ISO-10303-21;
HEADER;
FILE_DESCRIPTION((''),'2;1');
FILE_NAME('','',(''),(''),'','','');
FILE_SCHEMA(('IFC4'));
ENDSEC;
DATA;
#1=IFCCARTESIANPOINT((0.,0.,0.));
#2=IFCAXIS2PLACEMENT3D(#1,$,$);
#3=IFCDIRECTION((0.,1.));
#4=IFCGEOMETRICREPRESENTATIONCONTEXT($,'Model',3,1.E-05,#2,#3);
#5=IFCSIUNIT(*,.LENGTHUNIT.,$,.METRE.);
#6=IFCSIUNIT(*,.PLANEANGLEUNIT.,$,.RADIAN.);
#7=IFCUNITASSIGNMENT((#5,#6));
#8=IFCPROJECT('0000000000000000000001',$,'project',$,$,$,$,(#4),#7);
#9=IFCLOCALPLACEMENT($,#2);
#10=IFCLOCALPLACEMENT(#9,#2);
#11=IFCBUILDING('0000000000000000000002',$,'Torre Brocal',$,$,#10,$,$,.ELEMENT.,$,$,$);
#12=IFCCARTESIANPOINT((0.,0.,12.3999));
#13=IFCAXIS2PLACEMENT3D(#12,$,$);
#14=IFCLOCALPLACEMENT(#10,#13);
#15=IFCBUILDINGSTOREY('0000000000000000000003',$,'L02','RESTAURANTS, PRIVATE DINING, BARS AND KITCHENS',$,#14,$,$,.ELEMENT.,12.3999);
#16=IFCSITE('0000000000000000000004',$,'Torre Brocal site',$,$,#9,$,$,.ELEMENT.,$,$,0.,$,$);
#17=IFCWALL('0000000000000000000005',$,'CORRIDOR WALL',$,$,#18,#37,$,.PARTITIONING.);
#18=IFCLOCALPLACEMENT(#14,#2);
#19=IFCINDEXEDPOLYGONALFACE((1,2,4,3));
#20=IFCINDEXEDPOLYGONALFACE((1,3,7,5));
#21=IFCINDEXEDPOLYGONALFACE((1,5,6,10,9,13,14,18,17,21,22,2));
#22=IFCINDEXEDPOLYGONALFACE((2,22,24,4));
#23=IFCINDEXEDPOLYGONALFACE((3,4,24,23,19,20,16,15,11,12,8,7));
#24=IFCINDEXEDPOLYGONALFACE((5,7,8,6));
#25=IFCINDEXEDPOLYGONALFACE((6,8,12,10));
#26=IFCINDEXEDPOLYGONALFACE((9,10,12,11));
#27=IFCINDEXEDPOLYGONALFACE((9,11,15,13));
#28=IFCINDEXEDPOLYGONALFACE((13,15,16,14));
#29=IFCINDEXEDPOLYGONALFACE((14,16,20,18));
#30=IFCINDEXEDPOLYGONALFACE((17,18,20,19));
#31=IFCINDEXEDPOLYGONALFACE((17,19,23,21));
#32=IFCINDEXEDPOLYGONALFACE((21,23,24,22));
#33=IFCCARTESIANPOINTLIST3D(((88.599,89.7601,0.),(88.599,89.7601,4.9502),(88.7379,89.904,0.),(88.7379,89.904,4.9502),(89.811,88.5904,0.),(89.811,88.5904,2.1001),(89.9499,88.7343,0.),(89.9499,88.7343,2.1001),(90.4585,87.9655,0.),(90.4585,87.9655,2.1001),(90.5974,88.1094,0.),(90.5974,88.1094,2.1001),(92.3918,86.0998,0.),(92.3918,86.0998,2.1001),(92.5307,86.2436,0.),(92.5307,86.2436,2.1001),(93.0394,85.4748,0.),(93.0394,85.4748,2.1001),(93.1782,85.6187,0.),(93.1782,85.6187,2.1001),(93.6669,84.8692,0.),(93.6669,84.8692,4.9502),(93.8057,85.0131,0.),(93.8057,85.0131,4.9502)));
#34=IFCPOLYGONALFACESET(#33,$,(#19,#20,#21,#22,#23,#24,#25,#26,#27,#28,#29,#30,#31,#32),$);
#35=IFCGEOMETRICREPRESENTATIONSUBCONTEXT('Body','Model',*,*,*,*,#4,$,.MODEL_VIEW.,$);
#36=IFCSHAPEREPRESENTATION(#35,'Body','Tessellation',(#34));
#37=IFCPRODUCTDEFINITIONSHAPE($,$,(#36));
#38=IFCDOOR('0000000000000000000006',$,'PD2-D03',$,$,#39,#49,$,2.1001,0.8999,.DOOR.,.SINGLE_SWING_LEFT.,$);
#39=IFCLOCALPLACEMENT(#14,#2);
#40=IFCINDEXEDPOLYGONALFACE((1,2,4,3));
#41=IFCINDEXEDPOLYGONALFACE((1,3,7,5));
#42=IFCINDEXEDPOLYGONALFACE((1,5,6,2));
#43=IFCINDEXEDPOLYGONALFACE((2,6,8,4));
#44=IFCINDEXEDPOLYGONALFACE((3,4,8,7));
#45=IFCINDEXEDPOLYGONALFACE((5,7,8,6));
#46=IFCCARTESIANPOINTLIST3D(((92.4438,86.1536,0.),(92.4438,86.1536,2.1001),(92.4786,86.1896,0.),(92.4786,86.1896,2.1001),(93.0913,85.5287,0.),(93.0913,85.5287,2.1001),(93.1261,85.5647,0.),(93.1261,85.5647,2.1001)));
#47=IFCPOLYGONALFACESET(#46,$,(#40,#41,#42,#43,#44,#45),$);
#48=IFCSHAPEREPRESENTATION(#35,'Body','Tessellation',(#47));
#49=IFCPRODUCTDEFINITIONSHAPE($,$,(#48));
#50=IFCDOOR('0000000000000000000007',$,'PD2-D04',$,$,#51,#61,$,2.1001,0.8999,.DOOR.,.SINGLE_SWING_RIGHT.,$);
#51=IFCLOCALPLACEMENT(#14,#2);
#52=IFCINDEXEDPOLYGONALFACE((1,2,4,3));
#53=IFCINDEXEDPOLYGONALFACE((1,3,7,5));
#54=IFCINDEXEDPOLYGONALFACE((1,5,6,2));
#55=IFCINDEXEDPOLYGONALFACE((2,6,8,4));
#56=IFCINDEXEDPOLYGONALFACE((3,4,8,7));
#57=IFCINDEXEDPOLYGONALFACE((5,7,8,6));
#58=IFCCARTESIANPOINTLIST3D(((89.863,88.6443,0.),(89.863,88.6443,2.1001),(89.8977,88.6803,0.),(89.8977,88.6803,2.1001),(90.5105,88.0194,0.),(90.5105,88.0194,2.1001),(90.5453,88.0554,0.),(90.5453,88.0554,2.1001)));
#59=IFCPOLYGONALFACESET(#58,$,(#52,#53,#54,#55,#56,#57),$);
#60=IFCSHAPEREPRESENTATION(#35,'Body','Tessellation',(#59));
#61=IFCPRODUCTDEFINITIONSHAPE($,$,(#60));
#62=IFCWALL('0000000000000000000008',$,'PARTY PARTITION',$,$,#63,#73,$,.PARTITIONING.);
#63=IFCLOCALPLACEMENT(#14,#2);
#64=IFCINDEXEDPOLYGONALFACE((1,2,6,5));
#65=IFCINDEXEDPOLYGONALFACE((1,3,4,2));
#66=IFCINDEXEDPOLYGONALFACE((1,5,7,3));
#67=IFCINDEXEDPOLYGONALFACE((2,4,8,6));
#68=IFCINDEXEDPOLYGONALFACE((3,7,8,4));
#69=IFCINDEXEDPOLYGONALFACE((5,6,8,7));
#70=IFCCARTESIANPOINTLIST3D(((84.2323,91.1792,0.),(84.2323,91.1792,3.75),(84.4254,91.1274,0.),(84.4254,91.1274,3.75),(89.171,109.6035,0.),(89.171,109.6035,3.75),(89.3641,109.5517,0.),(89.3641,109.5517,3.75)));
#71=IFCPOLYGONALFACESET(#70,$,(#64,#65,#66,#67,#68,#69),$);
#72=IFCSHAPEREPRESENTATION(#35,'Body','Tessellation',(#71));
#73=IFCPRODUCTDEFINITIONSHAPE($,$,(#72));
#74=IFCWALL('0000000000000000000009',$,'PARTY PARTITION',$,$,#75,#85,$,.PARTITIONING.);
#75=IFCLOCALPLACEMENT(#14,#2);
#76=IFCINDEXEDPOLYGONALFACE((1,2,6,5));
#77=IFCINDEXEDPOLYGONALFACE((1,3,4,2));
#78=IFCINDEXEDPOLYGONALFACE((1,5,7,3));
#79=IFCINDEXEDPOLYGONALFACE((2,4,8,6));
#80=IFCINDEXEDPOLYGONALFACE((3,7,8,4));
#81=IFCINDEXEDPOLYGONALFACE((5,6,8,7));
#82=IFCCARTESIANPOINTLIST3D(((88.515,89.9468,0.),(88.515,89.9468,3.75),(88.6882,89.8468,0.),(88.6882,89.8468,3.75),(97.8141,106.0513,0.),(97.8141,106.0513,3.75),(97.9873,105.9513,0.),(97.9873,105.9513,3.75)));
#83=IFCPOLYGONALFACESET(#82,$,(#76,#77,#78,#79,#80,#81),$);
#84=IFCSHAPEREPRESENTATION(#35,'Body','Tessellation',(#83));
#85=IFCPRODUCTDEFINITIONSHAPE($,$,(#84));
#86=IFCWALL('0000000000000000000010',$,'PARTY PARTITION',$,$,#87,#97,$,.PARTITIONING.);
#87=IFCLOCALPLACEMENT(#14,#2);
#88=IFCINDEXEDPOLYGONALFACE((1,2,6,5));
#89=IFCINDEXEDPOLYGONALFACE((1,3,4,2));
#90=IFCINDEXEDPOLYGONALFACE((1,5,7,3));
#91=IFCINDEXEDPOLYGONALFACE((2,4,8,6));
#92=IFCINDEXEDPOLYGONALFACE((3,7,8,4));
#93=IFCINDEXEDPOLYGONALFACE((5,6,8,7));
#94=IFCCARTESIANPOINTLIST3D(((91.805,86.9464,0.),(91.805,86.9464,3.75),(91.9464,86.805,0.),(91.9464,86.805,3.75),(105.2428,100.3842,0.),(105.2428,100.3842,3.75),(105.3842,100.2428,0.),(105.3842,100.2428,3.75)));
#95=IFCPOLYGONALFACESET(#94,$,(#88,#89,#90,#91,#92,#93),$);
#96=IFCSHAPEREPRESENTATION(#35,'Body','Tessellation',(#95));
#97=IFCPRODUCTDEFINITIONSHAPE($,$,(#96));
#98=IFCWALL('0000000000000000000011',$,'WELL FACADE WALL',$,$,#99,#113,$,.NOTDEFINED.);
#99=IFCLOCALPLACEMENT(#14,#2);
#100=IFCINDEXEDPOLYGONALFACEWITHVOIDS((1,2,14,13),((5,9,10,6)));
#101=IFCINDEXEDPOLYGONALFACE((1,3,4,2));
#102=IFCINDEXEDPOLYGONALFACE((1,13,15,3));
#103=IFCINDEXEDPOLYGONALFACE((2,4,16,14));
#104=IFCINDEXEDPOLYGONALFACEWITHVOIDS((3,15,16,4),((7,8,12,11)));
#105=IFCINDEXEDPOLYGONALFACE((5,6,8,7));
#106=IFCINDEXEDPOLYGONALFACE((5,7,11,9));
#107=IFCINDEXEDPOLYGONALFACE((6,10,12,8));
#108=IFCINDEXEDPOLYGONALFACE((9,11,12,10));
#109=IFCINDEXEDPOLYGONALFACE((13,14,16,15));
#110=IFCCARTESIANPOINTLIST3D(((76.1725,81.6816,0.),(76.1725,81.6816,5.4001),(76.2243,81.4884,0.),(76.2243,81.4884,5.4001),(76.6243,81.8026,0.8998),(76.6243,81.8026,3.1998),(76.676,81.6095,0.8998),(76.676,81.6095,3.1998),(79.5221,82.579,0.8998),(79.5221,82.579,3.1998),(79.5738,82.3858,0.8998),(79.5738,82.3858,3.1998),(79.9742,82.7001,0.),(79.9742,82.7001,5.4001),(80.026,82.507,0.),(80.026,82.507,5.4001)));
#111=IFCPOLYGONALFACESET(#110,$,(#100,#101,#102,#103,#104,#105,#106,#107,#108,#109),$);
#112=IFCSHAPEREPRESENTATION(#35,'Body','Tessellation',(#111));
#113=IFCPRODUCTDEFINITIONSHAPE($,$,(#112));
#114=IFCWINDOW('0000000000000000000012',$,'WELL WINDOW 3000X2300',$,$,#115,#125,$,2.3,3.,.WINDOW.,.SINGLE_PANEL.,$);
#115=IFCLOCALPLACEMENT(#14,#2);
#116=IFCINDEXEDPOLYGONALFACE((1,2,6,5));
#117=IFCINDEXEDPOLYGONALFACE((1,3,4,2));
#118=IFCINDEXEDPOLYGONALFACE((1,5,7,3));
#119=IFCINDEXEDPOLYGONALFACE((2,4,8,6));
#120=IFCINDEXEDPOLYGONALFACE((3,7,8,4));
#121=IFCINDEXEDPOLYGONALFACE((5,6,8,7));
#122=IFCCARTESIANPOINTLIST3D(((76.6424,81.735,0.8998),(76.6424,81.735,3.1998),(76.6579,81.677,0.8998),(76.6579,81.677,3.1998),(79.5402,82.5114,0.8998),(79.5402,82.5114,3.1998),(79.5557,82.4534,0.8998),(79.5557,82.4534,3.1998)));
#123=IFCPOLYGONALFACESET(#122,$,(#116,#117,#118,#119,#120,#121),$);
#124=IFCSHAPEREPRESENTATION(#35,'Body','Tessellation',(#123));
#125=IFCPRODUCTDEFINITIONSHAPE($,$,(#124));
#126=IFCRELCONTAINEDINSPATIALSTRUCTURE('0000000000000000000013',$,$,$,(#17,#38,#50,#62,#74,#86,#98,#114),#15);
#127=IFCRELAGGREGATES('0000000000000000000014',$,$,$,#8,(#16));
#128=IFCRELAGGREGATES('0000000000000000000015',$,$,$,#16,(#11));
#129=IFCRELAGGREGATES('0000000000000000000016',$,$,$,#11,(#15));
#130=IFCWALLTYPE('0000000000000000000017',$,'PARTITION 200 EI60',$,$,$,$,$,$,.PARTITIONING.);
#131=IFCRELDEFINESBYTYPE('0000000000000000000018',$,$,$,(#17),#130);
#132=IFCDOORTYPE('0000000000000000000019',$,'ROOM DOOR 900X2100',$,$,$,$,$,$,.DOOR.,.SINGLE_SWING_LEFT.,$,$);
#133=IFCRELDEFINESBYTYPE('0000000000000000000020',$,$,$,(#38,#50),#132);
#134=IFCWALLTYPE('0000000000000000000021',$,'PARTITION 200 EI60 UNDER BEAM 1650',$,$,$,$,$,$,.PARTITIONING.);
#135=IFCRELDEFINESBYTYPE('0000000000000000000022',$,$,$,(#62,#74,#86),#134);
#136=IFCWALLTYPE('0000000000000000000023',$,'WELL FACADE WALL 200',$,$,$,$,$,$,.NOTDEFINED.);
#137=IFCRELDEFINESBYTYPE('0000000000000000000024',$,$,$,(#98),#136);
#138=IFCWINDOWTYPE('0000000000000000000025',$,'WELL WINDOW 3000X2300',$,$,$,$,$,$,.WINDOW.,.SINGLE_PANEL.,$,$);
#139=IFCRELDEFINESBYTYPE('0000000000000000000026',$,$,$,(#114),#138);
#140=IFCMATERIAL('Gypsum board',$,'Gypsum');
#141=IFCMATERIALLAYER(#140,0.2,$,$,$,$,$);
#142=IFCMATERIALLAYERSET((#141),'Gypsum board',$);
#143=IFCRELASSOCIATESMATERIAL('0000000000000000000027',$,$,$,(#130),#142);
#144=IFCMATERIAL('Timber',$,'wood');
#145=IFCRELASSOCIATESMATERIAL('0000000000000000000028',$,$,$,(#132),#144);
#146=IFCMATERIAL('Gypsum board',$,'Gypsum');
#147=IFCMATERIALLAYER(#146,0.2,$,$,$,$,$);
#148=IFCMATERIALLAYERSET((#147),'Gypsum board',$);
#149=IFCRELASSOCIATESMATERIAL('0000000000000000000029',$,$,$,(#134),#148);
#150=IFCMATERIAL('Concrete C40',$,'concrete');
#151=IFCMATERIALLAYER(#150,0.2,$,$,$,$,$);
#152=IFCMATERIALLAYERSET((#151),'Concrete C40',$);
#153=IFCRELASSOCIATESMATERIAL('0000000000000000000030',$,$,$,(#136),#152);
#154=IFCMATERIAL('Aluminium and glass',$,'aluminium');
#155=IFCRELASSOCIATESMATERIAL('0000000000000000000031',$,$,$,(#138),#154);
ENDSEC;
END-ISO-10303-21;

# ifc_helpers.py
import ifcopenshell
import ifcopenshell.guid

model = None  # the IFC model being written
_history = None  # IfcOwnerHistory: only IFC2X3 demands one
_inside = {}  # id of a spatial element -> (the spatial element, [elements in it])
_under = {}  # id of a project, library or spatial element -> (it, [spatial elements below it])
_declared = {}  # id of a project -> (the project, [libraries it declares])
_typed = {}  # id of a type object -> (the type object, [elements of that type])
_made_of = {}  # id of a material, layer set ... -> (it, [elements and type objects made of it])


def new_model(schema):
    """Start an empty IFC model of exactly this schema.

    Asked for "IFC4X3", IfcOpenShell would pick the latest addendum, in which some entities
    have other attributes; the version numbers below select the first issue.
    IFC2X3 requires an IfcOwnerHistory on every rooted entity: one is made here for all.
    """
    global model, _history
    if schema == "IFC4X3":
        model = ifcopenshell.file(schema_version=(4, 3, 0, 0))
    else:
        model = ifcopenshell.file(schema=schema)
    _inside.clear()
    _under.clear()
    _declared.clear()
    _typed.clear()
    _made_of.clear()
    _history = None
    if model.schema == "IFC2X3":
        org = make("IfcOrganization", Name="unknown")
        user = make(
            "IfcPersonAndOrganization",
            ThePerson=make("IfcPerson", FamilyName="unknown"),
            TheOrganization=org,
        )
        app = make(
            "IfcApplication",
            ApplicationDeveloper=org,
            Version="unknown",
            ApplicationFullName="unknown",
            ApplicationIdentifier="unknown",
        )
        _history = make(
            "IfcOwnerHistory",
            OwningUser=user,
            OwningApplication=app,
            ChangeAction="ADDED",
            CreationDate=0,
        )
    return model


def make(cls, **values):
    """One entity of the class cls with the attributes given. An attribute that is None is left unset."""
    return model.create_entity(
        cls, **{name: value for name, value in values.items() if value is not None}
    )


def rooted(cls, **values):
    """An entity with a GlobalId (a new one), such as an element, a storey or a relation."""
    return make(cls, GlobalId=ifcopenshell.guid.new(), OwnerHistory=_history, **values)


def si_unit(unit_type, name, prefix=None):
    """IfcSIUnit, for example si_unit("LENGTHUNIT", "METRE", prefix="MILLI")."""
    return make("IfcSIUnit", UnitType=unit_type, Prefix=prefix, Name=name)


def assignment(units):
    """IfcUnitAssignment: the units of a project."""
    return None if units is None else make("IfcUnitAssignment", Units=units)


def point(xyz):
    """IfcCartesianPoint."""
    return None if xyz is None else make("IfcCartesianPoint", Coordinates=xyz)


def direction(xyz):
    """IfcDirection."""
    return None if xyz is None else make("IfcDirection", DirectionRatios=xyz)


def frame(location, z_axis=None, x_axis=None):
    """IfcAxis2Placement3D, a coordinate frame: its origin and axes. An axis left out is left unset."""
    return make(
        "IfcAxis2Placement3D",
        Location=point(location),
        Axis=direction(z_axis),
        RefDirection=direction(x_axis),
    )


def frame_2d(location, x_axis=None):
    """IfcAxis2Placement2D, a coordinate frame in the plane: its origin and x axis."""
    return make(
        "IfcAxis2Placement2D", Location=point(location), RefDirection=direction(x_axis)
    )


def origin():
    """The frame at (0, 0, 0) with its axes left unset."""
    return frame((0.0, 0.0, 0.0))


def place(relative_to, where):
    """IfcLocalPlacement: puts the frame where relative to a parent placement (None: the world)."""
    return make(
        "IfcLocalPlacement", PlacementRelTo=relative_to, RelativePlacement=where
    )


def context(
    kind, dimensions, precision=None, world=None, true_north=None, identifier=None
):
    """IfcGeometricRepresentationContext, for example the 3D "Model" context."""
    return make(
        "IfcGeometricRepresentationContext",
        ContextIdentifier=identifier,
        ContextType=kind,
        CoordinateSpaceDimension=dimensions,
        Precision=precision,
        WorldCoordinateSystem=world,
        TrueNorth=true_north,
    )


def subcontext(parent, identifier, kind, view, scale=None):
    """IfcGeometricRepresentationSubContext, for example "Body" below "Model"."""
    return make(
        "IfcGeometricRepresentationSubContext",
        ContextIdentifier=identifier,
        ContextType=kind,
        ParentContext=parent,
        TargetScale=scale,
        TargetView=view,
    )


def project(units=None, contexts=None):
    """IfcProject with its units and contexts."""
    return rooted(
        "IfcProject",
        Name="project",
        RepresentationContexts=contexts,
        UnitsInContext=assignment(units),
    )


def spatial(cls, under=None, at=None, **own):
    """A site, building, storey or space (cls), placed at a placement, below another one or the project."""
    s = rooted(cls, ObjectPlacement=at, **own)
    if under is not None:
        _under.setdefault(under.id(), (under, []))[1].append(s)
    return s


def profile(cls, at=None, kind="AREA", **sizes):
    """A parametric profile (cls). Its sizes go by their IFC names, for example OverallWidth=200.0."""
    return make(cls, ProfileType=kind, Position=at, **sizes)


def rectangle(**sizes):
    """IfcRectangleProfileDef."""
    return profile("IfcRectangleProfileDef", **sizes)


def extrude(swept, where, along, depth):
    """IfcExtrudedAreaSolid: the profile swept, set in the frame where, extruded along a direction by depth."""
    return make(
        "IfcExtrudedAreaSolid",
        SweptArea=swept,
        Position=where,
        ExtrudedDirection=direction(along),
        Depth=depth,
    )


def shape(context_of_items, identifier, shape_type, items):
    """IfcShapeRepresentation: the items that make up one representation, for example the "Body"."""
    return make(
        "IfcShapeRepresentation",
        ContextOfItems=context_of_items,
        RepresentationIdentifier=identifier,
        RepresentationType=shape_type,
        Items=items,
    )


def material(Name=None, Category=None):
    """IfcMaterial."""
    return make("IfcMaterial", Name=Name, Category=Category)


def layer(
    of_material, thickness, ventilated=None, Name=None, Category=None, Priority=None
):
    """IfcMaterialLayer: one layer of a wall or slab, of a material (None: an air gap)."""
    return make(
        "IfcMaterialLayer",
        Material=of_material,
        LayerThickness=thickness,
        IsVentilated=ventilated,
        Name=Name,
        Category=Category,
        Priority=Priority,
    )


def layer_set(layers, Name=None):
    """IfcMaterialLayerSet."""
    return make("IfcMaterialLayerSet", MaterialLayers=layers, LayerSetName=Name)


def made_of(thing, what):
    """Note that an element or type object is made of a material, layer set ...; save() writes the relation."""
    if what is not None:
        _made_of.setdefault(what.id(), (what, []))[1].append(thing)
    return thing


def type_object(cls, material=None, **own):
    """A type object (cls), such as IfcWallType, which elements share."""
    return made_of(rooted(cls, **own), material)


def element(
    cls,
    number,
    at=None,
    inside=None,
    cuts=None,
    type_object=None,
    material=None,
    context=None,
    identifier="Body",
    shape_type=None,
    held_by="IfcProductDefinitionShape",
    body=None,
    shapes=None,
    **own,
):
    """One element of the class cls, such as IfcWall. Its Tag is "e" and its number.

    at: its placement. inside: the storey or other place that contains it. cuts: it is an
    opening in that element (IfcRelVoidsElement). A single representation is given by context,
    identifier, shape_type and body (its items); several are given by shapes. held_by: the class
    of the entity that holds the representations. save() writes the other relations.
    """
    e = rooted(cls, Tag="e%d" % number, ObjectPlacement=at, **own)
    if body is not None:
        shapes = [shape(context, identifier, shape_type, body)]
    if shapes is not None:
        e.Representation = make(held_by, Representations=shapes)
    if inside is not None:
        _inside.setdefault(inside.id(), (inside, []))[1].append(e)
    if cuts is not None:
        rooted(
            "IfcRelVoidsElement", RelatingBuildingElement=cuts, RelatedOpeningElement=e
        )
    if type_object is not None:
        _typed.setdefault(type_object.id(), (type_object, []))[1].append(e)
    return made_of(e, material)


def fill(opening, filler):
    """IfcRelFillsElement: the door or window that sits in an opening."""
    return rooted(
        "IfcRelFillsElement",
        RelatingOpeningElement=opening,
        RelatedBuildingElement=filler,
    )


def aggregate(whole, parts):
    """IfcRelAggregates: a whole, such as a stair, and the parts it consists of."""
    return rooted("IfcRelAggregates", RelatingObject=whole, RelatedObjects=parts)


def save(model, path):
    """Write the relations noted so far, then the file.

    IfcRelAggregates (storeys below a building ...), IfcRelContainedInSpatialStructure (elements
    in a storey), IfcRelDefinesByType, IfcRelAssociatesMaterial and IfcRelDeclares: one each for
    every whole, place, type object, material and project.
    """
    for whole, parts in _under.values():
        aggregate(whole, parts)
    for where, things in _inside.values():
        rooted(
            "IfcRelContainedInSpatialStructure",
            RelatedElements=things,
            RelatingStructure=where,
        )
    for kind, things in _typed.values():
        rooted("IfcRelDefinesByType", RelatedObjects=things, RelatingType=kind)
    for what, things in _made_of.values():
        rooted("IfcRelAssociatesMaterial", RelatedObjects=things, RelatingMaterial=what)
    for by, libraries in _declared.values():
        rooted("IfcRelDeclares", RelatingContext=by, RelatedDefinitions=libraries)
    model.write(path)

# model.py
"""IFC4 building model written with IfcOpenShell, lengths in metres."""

from ifc_helpers import new_model, si_unit, direction, frame, frame_2d, origin, place, context, subcontext, project, spatial, rectangle, extrude, material, layer, layer_set, type_object, element, fill, save


model = new_model("IFC4")

# Units and contexts
model_context = context("Model", 3, precision=1e-05, world=origin(), true_north=direction((0.0, 1.0)))
body_context = subcontext(model_context, "Body", "Model", "MODEL_VIEW")
ifc_project = project(units=[si_unit("LENGTHUNIT", "METRE"), si_unit("PLANEANGLEUNIT", "RADIAN")], contexts=[model_context])

# Site, building, storey
site_placement = place(None, origin())
site = spatial("IfcSite", under=ifc_project, at=site_placement, Name="Torre Brocal site", CompositionType="ELEMENT", RefElevation=0.0)
building_placement = place(site_placement, origin())
building = spatial("IfcBuilding", under=site, at=building_placement, Name="Torre Brocal", CompositionType="ELEMENT")
storey_placement = place(building_placement, frame((0.0, 0.0, 12.3999)))
storey = spatial("IfcBuildingStorey", under=building, at=storey_placement, Name="L02", Description="RESTAURANTS, PRIVATE DINING, BARS AND KITCHENS", CompositionType="ELEMENT", Elevation=12.3999)

# Shared definitions
ifc_material_1 = material(Name="Gypsum board", Category="Gypsum")
ifc_layer_1 = layer(ifc_material_1, 0.2)
ifc_layer_set_1 = layer_set([ifc_layer_1], Name="Gypsum board")
wall_type_1 = type_object("IfcWallType", Name="PARTITION 200 EI60", PredefinedType="PARTITIONING", material=ifc_layer_set_1)

# Shared definitions
ifc_material_2 = material(Name="Timber", Category="wood")
door_type_1 = type_object("IfcDoorType", Name="ROOM DOOR 900X2100", OperationType="SINGLE_SWING_LEFT", PredefinedType="DOOR", material=ifc_material_2)

# Wall, openings, doors
wall_1_placement = place(storey_placement, frame((88.6685, 89.832, 0.0), z_axis=(0.0, 0.0, 1.0), x_axis=(0.719561, -0.694429, 0.0)))
wall_1 = element("IfcWall", 1, at=wall_1_placement, inside=storey, type_object=wall_type_1, Name="CORRIDOR WALL", PredefinedType="PARTITIONING", context=body_context, shape_type="SweptSolid", body=[
    extrude(rectangle(XDim=7.043, YDim=0.2, at=frame_2d((3.5215, 0.0))), origin(), (0.0, 0.0, 1.0), 4.9502),
])
opening_1_placement = place(wall_1_placement, frame((5.271, 0.0, 0.0)))
opening_1 = element("IfcOpeningElement", 2, at=opening_1_placement, cuts=wall_1, PredefinedType="OPENING", context=body_context, shape_type="SweptSolid", body=[
    extrude(rectangle(XDim=0.8999, YDim=2.1001, at=frame_2d((0.45, 1.05))), frame((0.0, 0.1099, 0.0), z_axis=(0.0, -1.0, 0.0), x_axis=(1.0, 0.0, 0.0)), (0.0, 0.0, 1.0), 0.22),
])
opening_2_placement = place(wall_1_placement, frame((1.6843, 0.0, 0.0)))
opening_2 = element("IfcOpeningElement", 3, at=opening_2_placement, cuts=wall_1, PredefinedType="OPENING", context=body_context, shape_type="SweptSolid", body=[
    extrude(rectangle(XDim=0.8999, YDim=2.1001, at=frame_2d((0.45, 1.05))), frame((0.0, 0.1099, 0.0), z_axis=(0.0, -1.0, 0.0), x_axis=(1.0, 0.0, 0.0)), (0.0, 0.0, 1.0), 0.22),
])
door_1_placement = place(opening_1_placement, origin())
door_1 = element("IfcDoor", 4, at=door_1_placement, inside=storey, type_object=door_type_1, Name="PD2-D03", OperationType="SINGLE_SWING_LEFT", OverallHeight=2.1001, OverallWidth=0.8999, PredefinedType="DOOR", context=body_context, shape_type="SweptSolid", body=[
    extrude(rectangle(XDim=0.8999, YDim=2.1001, at=frame_2d((0.45, 1.05))), frame((0.0, 0.0249, 0.0), z_axis=(0.0, -1.0, 0.0), x_axis=(1.0, 0.0, 0.0)), (0.0, 0.0, 1.0), 0.05),
])
fill(opening_1, door_1)
door_2_placement = place(opening_2_placement, origin())
door_2 = element("IfcDoor", 5, at=door_2_placement, inside=storey, type_object=door_type_1, Name="PD2-D04", OperationType="SINGLE_SWING_RIGHT", OverallHeight=2.1001, OverallWidth=0.8999, PredefinedType="DOOR", context=body_context, shape_type="SweptSolid", body=[
    extrude(rectangle(XDim=0.8999, YDim=2.1001, at=frame_2d((0.45, 1.05))), frame((0.0, 0.0249, 0.0), z_axis=(0.0, -1.0, 0.0), x_axis=(1.0, 0.0, 0.0)), (0.0, 0.0, 1.0), 0.05),
])
fill(opening_2, door_2)

# Walls
ifc_material_3 = material(Name="Gypsum board", Category="Gypsum")
ifc_layer_2 = layer(ifc_material_3, 0.2)
ifc_layer_set_2 = layer_set([ifc_layer_2], Name="Gypsum board")
wall_type_2 = type_object("IfcWallType", Name="PARTITION 200 EI60 UNDER BEAM 1650", PredefinedType="PARTITIONING", material=ifc_layer_set_2)
wall_2_placement = place(storey_placement, frame((84.3289, 91.1533, 0.0), z_axis=(0.0, 0.0, 1.0), x_axis=(0.258914, 0.9659, 0.0)))
element("IfcWall", 6, at=wall_2_placement, inside=storey, type_object=wall_type_2, Name="PARTY PARTITION", PredefinedType="PARTITIONING", context=body_context, shape_type="SweptSolid", body=[
    extrude(rectangle(XDim=19.0747, YDim=0.2, at=frame_2d((9.5374, 0.0))), origin(), (0.0, 0.0, 1.0), 3.75),
])
wall_3_placement = place(storey_placement, frame((88.6016, 89.8967, 0.0), z_axis=(0.0, 0.0, 1.0), x_axis=(0.500046, 0.865999, 0.0)))
element("IfcWall", 7, at=wall_3_placement, inside=storey, type_object=wall_type_2, Name="PARTY PARTITION", PredefinedType="PARTITIONING", context=body_context, shape_type="SweptSolid", body=[
    extrude(rectangle(XDim=18.5964, YDim=0.2, at=frame_2d((9.2983, 0.0))), origin(), (0.0, 0.0, 1.0), 3.75),
])
wall_4_placement = place(storey_placement, frame((91.8757, 86.8757, 0.0), z_axis=(0.0, 0.0, 1.0), x_axis=(0.707107, 0.707107, 0.0)))
element("IfcWall", 8, at=wall_4_placement, inside=storey, type_object=wall_type_2, Name="PARTY PARTITION", PredefinedType="PARTITIONING", context=body_context, shape_type="SweptSolid", body=[
    extrude(rectangle(XDim=19.0039, YDim=0.2, at=frame_2d((9.502, 0.0))), origin(), (0.0, 0.0, 1.0), 3.75),
])

# Wall, opening, window
ifc_material_4 = material(Name="Concrete C40", Category="concrete")
ifc_layer_3 = layer(ifc_material_4, 0.2)
ifc_layer_set_3 = layer_set([ifc_layer_3], Name="Concrete C40")
wall_type_3 = type_object("IfcWallType", Name="WELL FACADE WALL 200", PredefinedType="NOTDEFINED", material=ifc_layer_set_3)
wall_5_placement = place(storey_placement, frame((80.0, 82.6035, 0.0), z_axis=(0.0, 0.0, 1.0), x_axis=(-0.965934, -0.25879, 0.0)))
wall_5 = element("IfcWall", 9, at=wall_5_placement, inside=storey, type_object=wall_type_3, Name="WELL FACADE WALL", PredefinedType="NOTDEFINED", context=body_context, shape_type="SweptSolid", body=[
    extrude(rectangle(XDim=3.9358, YDim=0.2, at=frame_2d((1.9678, 0.0))), origin(), (0.0, 0.0, 1.0), 5.4001),
])
opening_3_placement = place(wall_5_placement, frame((0.468, 0.0, 0.8999)))
opening_3 = element("IfcOpeningElement", 10, at=opening_3_placement, cuts=wall_5, PredefinedType="OPENING", context=body_context, shape_type="SweptSolid", body=[
    extrude(rectangle(XDim=3.0, YDim=2.3, at=frame_2d((1.5, 1.1499))), frame((0.0, 0.1099, 0.0), z_axis=(0.0, -1.0, 0.0), x_axis=(1.0, 0.0, 0.0)), (0.0, 0.0, 1.0), 0.22),
])
ifc_material_5 = material(Name="Aluminium and glass", Category="aluminium")
window_type = type_object("IfcWindowType", Name="WELL WINDOW 3000X2300", PartitioningType="SINGLE_PANEL", PredefinedType="WINDOW", material=ifc_material_5)
window_placement = place(opening_3_placement, origin())
window = element("IfcWindow", 11, at=window_placement, inside=storey, type_object=window_type, Name="WELL WINDOW 3000X2300", OverallHeight=2.3, OverallWidth=3.0, PartitioningType="SINGLE_PANEL", PredefinedType="WINDOW", context=body_context, shape_type="SweptSolid", body=[
    extrude(rectangle(XDim=3.0, YDim=2.3, at=frame_2d((1.5, 1.1499))), frame((0.0, 0.03, 0.0), z_axis=(0.0, -1.0, 0.0), x_axis=(1.0, 0.0, 0.0)), (0.0, 0.0, 1.0), 0.0601),
])
fill(opening_3, window)

save(model, "model.ifc")
